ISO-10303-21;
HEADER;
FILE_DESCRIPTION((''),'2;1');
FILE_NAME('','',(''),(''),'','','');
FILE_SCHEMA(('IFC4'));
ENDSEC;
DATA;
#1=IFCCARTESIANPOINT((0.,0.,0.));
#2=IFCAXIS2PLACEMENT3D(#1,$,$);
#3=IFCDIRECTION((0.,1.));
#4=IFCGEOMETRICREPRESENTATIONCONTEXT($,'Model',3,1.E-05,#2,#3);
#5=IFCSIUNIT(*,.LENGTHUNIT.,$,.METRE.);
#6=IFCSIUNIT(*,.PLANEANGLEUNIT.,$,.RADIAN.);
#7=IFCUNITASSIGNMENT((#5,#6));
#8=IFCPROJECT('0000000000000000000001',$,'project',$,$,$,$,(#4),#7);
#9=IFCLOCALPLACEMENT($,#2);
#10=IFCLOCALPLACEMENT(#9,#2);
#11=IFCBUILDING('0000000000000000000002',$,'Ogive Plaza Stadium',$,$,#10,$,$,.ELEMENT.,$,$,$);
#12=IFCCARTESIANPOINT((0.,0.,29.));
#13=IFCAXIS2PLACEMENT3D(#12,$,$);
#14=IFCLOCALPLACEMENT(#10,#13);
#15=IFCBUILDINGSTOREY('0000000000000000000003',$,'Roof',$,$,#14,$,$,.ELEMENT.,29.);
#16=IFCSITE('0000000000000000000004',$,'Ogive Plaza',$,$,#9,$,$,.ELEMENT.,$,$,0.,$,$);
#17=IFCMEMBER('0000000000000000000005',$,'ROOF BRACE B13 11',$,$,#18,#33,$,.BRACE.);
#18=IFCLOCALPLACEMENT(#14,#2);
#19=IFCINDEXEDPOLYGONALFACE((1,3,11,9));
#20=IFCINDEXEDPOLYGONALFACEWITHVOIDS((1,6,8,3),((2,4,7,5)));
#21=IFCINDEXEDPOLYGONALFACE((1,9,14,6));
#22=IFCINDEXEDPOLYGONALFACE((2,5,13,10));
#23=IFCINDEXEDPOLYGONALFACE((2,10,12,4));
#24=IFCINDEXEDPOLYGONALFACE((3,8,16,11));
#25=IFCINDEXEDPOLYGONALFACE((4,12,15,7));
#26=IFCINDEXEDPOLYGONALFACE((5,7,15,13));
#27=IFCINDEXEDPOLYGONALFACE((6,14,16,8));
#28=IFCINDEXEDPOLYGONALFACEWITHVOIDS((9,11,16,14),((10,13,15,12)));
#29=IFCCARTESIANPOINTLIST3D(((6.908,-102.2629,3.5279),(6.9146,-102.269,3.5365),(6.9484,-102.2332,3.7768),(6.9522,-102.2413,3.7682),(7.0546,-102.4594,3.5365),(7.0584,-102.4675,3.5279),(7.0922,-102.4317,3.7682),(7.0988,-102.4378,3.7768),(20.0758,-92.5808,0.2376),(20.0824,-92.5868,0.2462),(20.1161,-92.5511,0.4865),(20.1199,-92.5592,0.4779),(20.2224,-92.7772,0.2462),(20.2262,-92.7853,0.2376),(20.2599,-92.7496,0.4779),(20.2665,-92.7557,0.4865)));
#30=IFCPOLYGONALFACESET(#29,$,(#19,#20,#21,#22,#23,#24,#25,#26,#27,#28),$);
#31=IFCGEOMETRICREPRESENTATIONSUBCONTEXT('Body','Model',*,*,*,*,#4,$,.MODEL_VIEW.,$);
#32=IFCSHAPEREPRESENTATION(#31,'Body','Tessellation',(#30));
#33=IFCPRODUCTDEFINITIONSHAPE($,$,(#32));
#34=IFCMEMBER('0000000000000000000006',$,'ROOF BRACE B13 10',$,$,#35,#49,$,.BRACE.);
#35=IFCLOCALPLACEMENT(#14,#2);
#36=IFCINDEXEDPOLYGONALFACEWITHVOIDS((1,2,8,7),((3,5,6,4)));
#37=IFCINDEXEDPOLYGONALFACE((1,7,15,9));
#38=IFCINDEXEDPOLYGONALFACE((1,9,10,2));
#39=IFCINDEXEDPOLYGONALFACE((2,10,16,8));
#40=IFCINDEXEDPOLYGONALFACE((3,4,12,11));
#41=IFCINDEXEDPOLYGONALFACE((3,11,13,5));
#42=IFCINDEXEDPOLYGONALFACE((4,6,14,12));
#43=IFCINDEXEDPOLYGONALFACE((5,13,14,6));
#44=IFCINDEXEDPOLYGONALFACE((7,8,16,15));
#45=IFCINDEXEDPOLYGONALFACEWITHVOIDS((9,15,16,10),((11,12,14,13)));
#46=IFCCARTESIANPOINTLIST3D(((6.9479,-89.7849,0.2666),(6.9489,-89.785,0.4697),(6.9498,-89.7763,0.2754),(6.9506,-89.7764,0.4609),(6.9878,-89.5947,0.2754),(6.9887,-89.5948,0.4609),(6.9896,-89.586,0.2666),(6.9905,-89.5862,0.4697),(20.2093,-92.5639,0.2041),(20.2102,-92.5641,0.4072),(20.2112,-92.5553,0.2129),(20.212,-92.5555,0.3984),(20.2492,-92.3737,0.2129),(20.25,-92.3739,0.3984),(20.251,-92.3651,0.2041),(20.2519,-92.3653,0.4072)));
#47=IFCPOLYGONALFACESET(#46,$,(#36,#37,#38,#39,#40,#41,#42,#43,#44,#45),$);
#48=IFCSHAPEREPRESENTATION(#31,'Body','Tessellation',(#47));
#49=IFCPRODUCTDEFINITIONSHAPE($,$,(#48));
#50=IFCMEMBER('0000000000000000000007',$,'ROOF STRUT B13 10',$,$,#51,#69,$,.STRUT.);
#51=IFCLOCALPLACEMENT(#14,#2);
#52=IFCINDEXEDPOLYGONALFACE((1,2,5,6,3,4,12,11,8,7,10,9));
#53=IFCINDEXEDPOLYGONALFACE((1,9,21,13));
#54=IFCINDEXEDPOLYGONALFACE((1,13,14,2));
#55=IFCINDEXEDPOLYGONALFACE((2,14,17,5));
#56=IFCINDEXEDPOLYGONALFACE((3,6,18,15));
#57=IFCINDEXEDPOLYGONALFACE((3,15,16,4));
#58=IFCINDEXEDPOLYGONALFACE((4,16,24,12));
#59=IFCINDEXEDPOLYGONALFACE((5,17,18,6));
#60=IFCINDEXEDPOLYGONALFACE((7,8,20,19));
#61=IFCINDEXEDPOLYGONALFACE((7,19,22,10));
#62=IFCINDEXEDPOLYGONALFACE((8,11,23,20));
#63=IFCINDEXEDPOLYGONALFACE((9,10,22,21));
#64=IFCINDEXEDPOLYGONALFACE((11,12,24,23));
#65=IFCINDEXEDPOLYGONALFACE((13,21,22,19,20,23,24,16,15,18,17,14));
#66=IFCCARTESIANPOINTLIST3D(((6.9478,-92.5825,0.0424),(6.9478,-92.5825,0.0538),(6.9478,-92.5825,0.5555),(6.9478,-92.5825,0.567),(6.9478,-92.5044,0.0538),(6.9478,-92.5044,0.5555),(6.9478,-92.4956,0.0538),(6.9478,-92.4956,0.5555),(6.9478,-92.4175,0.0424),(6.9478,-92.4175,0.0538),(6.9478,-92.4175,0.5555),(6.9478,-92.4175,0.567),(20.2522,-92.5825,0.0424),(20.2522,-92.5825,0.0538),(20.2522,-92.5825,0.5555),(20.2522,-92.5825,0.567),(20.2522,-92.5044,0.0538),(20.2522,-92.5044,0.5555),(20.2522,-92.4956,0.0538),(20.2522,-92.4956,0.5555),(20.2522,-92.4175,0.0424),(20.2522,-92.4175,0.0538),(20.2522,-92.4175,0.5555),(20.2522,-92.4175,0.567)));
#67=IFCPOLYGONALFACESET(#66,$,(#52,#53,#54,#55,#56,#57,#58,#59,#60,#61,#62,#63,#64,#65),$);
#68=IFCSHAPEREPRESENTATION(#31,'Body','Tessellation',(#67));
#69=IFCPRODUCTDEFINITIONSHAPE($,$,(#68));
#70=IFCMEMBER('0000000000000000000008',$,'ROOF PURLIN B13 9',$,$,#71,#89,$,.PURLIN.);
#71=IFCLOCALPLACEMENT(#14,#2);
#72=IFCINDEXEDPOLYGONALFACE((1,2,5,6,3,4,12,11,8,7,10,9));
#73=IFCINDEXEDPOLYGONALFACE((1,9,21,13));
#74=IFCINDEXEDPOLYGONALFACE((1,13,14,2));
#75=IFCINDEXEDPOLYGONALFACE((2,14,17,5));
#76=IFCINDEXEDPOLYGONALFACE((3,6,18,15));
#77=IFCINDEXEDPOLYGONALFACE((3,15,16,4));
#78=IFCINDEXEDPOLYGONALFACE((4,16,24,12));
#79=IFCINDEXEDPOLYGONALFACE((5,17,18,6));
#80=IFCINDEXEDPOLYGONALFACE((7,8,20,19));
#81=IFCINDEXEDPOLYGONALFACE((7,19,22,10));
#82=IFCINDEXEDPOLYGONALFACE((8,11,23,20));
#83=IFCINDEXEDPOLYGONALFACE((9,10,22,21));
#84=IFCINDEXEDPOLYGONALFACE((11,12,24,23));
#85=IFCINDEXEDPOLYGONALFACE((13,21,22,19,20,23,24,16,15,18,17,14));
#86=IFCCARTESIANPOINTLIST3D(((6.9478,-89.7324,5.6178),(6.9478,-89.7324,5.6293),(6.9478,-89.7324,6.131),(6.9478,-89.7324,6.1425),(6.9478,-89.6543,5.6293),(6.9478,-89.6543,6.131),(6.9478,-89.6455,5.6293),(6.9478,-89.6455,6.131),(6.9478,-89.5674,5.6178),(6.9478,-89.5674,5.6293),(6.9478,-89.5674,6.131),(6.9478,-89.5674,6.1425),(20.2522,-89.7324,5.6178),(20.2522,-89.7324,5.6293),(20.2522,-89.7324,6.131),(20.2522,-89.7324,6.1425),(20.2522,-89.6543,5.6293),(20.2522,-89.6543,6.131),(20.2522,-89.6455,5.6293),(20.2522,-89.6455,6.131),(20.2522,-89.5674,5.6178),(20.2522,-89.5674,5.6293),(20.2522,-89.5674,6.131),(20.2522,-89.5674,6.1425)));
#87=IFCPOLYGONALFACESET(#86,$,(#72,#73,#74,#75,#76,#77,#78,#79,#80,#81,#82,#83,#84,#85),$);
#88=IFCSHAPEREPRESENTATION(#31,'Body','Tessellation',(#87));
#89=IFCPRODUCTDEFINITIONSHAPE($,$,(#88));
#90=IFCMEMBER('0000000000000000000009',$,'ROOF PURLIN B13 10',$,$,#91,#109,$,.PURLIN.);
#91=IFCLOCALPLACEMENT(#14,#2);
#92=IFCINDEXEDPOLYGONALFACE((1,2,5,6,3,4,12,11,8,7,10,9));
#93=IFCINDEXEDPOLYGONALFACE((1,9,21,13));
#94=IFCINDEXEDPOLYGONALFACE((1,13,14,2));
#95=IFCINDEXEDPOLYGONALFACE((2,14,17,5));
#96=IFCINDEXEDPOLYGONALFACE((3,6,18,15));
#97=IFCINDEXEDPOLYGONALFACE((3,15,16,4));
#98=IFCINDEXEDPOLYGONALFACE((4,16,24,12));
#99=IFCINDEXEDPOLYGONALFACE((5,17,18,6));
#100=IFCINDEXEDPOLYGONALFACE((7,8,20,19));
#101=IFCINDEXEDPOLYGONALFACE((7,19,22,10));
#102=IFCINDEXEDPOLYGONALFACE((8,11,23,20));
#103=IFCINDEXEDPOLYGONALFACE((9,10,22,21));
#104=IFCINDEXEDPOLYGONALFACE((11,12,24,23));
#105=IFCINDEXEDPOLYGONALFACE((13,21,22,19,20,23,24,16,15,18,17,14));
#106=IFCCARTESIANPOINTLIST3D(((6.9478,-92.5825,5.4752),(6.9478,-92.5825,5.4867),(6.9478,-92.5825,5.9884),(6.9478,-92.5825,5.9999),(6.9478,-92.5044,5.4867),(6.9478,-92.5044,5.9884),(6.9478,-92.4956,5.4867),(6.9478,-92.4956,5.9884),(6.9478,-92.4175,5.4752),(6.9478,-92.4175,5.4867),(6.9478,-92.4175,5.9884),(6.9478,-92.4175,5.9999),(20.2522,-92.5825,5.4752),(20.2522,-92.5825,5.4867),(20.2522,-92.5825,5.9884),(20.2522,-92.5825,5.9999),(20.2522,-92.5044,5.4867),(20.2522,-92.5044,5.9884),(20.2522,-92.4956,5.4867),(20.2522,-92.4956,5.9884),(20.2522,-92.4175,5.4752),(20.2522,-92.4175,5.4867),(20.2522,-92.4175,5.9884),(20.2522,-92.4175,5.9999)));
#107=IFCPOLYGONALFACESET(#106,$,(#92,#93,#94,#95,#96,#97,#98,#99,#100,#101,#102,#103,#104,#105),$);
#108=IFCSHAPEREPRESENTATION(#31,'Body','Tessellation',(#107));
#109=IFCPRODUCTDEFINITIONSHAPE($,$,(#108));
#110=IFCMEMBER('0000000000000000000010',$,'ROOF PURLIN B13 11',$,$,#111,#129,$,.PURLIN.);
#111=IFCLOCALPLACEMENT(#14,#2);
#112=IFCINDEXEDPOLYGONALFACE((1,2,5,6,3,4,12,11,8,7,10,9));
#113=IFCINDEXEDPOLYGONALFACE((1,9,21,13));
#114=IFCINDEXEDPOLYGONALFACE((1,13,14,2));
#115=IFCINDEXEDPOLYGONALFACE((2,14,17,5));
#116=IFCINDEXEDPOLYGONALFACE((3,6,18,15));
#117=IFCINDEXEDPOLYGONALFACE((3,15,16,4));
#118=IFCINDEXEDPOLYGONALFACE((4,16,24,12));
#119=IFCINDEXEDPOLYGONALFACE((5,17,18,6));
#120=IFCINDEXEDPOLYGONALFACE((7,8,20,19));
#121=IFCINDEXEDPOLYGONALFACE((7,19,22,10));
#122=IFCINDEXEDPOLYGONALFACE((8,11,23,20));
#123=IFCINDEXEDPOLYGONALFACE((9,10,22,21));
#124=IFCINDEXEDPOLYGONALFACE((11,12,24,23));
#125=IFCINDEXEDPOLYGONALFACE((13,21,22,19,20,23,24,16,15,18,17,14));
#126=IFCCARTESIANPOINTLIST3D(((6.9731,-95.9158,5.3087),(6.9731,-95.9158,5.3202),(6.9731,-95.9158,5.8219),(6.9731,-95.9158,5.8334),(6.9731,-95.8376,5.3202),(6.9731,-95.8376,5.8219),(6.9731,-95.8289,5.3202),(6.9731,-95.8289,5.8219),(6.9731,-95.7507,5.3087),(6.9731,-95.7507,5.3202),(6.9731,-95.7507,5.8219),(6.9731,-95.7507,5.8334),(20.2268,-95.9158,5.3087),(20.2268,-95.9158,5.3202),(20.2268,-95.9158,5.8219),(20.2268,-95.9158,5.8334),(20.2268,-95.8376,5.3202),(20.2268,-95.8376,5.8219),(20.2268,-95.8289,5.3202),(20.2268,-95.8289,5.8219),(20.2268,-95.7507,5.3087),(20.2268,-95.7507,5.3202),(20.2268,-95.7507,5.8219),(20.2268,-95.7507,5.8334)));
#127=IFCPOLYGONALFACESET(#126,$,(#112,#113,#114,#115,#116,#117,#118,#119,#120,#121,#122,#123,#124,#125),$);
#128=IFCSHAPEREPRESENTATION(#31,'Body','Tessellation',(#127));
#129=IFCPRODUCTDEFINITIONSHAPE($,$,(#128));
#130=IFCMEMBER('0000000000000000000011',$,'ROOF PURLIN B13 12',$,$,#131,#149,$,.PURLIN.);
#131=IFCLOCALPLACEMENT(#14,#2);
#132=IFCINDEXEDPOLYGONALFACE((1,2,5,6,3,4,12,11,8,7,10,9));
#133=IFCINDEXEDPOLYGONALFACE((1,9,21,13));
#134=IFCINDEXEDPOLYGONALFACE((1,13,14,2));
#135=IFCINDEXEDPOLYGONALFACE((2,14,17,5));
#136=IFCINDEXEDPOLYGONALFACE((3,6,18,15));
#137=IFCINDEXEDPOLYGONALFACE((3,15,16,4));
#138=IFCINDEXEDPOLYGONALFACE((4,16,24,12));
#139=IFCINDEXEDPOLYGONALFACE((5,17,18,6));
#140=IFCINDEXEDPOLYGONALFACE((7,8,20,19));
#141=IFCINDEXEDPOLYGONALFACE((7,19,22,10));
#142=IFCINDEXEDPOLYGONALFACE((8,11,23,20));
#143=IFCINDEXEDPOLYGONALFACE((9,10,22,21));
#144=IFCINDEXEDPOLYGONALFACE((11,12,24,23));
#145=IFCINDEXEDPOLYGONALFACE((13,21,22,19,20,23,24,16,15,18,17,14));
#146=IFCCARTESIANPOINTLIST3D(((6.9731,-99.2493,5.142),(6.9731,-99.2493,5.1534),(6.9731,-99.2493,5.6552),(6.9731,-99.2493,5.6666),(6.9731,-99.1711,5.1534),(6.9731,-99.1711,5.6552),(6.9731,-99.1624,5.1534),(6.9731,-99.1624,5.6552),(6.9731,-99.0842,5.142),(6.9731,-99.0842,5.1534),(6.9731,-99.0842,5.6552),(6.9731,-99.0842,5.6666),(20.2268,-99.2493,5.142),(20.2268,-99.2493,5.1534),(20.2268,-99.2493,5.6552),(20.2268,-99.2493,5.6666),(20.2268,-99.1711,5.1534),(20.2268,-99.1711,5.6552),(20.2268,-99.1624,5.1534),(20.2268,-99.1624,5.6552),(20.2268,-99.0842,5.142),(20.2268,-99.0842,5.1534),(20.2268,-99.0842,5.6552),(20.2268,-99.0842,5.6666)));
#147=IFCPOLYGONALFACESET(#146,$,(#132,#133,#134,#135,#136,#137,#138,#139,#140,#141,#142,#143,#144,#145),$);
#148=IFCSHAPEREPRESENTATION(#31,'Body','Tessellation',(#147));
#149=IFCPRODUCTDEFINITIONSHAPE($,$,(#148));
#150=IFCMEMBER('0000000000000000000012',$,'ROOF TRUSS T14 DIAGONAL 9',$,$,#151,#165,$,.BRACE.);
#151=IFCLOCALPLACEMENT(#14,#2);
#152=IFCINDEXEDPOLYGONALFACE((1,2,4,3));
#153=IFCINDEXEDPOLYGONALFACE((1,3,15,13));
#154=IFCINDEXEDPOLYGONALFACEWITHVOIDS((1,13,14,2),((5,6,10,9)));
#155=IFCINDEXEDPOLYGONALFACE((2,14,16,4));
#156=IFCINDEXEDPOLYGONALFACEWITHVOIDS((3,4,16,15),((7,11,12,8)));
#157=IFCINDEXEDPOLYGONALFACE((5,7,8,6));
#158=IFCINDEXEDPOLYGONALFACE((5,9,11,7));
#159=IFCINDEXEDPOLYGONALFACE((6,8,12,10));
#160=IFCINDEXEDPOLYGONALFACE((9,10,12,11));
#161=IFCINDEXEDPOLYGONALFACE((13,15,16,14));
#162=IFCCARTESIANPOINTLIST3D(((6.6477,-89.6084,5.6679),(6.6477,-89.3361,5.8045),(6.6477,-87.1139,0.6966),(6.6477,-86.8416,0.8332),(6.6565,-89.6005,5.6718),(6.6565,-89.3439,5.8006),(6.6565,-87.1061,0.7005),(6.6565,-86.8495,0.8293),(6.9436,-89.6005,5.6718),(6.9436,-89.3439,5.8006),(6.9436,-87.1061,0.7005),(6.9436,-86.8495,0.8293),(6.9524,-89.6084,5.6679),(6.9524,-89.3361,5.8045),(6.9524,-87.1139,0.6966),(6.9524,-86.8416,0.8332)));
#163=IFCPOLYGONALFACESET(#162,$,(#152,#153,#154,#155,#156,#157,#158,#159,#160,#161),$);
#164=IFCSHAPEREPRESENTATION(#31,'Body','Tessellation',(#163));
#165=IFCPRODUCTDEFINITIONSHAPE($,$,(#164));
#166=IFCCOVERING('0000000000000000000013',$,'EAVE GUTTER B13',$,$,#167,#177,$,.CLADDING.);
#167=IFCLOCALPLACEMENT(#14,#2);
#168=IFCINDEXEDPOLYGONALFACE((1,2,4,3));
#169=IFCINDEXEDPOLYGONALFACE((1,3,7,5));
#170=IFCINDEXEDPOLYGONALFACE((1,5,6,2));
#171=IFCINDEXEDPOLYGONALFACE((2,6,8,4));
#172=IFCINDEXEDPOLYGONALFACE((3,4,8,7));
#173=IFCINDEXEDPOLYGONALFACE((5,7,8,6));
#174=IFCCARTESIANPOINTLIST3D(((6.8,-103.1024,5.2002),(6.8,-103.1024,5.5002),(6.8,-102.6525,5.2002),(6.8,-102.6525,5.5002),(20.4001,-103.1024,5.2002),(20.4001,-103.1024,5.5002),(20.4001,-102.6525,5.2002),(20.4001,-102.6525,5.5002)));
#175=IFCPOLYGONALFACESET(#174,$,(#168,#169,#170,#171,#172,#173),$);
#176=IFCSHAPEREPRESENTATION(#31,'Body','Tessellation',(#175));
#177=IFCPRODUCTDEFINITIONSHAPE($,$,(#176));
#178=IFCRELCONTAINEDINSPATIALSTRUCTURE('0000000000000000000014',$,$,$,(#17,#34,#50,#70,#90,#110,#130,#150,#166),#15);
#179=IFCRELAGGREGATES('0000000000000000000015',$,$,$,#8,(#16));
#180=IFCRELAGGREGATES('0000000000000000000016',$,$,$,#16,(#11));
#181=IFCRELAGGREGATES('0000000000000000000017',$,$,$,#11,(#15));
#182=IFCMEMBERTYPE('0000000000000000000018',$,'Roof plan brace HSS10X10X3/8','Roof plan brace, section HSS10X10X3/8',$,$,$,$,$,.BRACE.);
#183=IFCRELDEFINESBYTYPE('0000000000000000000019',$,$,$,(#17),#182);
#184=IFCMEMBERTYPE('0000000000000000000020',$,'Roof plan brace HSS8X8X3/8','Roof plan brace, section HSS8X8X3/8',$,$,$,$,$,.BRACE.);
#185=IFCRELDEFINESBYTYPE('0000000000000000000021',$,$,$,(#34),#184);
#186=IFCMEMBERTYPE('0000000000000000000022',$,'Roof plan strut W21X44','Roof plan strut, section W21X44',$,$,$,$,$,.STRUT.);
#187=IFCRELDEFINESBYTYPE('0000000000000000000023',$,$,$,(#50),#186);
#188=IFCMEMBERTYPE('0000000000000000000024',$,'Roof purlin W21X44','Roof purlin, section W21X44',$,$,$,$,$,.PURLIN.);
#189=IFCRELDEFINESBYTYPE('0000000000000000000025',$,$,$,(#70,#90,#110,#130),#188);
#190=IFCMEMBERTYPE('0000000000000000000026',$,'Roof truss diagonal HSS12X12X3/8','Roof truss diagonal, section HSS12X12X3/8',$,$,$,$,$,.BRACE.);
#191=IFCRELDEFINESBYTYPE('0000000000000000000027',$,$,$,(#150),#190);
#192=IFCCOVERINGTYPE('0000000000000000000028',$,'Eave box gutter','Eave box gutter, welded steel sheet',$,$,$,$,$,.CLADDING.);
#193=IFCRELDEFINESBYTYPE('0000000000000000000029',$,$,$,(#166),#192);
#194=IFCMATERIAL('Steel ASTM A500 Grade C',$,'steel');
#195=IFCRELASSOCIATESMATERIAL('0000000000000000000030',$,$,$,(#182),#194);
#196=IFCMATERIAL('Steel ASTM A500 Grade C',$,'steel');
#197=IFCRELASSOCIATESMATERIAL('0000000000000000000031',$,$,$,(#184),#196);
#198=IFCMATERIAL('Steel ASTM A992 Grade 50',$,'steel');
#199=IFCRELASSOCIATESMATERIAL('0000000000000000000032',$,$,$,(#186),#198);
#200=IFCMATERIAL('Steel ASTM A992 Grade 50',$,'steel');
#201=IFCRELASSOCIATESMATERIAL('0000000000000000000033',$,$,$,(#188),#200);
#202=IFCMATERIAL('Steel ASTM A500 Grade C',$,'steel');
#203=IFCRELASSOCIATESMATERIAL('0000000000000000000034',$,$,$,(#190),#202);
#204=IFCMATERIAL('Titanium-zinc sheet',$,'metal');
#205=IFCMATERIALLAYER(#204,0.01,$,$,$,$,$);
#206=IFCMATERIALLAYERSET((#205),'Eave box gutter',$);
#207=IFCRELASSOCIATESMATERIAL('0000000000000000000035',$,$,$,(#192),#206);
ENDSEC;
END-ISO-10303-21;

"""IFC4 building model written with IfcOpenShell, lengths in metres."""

from ifc_helpers import new_model, si_unit, direction, frame, origin, origin_2d, place, context, subcontext, project, spatial, rectangle, hollow_rectangle, i_section, extrude, material, layer, layer_set, material_profile, profile_set, type_object, element, save


model = new_model("IFC4")

# Units and contexts
model_context = context("Model", 3, precision=1e-05, world=origin(), true_north=direction((0.0, 1.0)))
body_context = subcontext(model_context, "Body", "Model", "MODEL_VIEW")
ifc_project = project(units=[si_unit("LENGTHUNIT", "METRE"), si_unit("PLANEANGLEUNIT", "RADIAN")], contexts=[model_context])

# Site, building, storey
site_placement = place(None, origin())
site = spatial("IfcSite", under=ifc_project, at=site_placement, Name="Ogive Plaza", CompositionType="ELEMENT", RefElevation=0.0)
building_placement = place(site_placement, origin())
building = spatial("IfcBuilding", under=site, at=building_placement, Name="Ogive Plaza Stadium", CompositionType="ELEMENT")
storey_placement = place(building_placement, frame((0.0, 0.0, 29.0)))
storey = spatial("IfcBuildingStorey", under=building, at=storey_placement, Name="Roof", CompositionType="ELEMENT", Elevation=29.0)

# Members
ifc_material_1 = material(Name="Steel ASTM A500 Grade C", Category="steel")
ifc_material_profile_1 = material_profile(ifc_material_1, hollow_rectangle(XDim=0.2539, YDim=0.2539, WallThickness=0.0088, at=origin_2d()), Name="HSS10X10X3/8")
ifc_profile_set_1 = profile_set([ifc_material_profile_1], Name="Steel ASTM A500 Grade C")
member_type_1 = type_object("IfcMemberType", Name="Roof plan brace HSS10X10X3/8", Description="Roof plan brace, section HSS10X10X3/8", PredefinedType="BRACE", material=ifc_profile_set_1)
member_1_placement = place(storey_placement, frame((20.1711, -92.6682, 0.3621), z_axis=(-0.789807, -0.580739, 0.197353), x_axis=(0.59239, -0.805652, 0.0)))
element("IfcMember", 1, at=member_1_placement, inside=storey, type_object=member_type_1, Name="ROOF BRACE B13 11", PredefinedType="BRACE", context=body_context, shape_type="SweptSolid", body=[
    extrude(hollow_rectangle(XDim=0.2539, YDim=0.2539, WallThickness=0.0088, at=origin_2d()), origin(), (0.0, 0.0, 1.0), 16.6721),
])
ifc_material_2 = material(Name="Steel ASTM A500 Grade C", Category="steel")
ifc_material_profile_2 = material_profile(ifc_material_2, hollow_rectangle(XDim=0.2031, YDim=0.2031, WallThickness=0.0088, at=origin_2d()), Name="HSS8X8X3/8")
ifc_profile_set_2 = profile_set([ifc_material_profile_2], Name="Steel ASTM A500 Grade C")
member_type_2 = type_object("IfcMemberType", Name="Roof plan brace HSS8X8X3/8", Description="Roof plan brace, section HSS8X8X3/8", PredefinedType="BRACE", material=ifc_profile_set_2)
member_2_placement = place(storey_placement, frame((6.9692, -89.6855, 0.3682), z_axis=(0.97873, -0.205101, -0.004613), x_axis=(0.205103, 0.97874, 0.0)))
element("IfcMember", 2, at=member_2_placement, inside=storey, type_object=member_type_2, Name="ROOF BRACE B13 10", PredefinedType="BRACE", context=body_context, shape_type="SweptSolid", body=[
    extrude(hollow_rectangle(XDim=0.2031, YDim=0.2031, WallThickness=0.0088, at=origin_2d()), origin(), (0.0, 0.0, 1.0), 13.5496),
])
ifc_material_3 = material(Name="Steel ASTM A992 Grade 50", Category="steel")
ifc_material_profile_3 = material_profile(ifc_material_3, i_section(OverallWidth=0.165, OverallDepth=0.5247, WebThickness=0.0088, FlangeThickness=0.0115, at=origin_2d()), Name="W21X44")
ifc_profile_set_3 = profile_set([ifc_material_profile_3], Name="Steel ASTM A992 Grade 50")
member_type_3 = type_object("IfcMemberType", Name="Roof plan strut W21X44", Description="Roof plan strut, section W21X44", PredefinedType="STRUT", material=ifc_profile_set_3)
member_3_placement = place(storey_placement, frame((20.2522, -92.5, 0.3047), z_axis=(-1.0, 0.0, 0.0), x_axis=(0.0, -1.0, 0.0)))
element("IfcMember", 3, at=member_3_placement, inside=storey, type_object=member_type_3, Name="ROOF STRUT B13 10", PredefinedType="STRUT", context=body_context, shape_type="SweptSolid", body=[
    extrude(i_section(OverallWidth=0.165, OverallDepth=0.5247, WebThickness=0.0088, FlangeThickness=0.0115, at=origin_2d()), origin(), (0.0, 0.0, 1.0), 13.3044),
])
ifc_material_4 = material(Name="Steel ASTM A992 Grade 50", Category="steel")
ifc_material_profile_4 = material_profile(ifc_material_4, i_section(OverallWidth=0.165, OverallDepth=0.5247, WebThickness=0.0088, FlangeThickness=0.0115, at=origin_2d()), Name="W21X44")
ifc_profile_set_4 = profile_set([ifc_material_profile_4], Name="Steel ASTM A992 Grade 50")
member_type_4 = type_object("IfcMemberType", Name="Roof purlin W21X44", Description="Roof purlin, section W21X44", PredefinedType="PURLIN", material=ifc_profile_set_4)
for number, where, z_axis, x_axis, name in (
    (4, (20.2522, -89.6499, 5.8801), (-1.0, 0.0, 0.0), (0.0, -1.0, 0.0), "ROOF PURLIN B13 9"),
    (5, (20.2522, -92.5, 5.7375), (-1.0, 0.0, 0.0), (0.0, -1.0, 0.0), "ROOF PURLIN B13 10"),
):
    element("IfcMember", number, at=place(storey_placement, frame(where, z_axis=z_axis, x_axis=x_axis)), inside=storey, type_object=member_type_4, Name=name, PredefinedType="PURLIN", context=body_context, shape_type="SweptSolid", body=[
        extrude(i_section(OverallWidth=0.165, OverallDepth=0.5247, WebThickness=0.0088, FlangeThickness=0.0115, at=origin_2d()), origin(), (0.0, 0.0, 1.0), 13.3044),
    ])
for number, where, z_axis, x_axis, name in (
    (6, (20.2268, -95.8333, 5.571), (-1.0, 0.0, 0.0), (0.0, -1.0, 0.0), "ROOF PURLIN B13 11"),
    (7, (20.2268, -99.1667, 5.4043), (-1.0, 0.0, 0.0), (0.0, -1.0, 0.0), "ROOF PURLIN B13 12"),
):
    element("IfcMember", number, at=place(storey_placement, frame(where, z_axis=z_axis, x_axis=x_axis)), inside=storey, type_object=member_type_4, Name=name, PredefinedType="PURLIN", context=body_context, shape_type="SweptSolid", body=[
        extrude(i_section(OverallWidth=0.165, OverallDepth=0.5247, WebThickness=0.0088, FlangeThickness=0.0115, at=origin_2d()), origin(), (0.0, 0.0, 1.0), 13.2537),
    ])
ifc_material_5 = material(Name="Steel ASTM A500 Grade C", Category="steel")
ifc_material_profile_5 = material_profile(ifc_material_5, hollow_rectangle(XDim=0.3047, YDim=0.3047, WallThickness=0.0088, at=origin_2d()), Name="HSS12X12X3/8")
ifc_profile_set_5 = profile_set([ifc_material_profile_5], Name="Steel ASTM A500 Grade C")
member_type_5 = type_object("IfcMemberType", Name="Roof truss diagonal HSS12X12X3/8", Description="Roof truss diagonal, section HSS12X12X3/8", PredefinedType="BRACE", material=ifc_profile_set_5)
member_4_placement = place(storey_placement, frame((6.8, -86.9778, 0.7649), z_axis=(0.0, -0.448477, 0.893794), x_axis=(1.0, 0.0, 0.0)))
element("IfcMember", 8, at=member_4_placement, inside=storey, type_object=member_type_5, Name="ROOF TRUSS T14 DIAGONAL 9", PredefinedType="BRACE", context=body_context, shape_type="SweptSolid", body=[
    extrude(hollow_rectangle(XDim=0.3047, YDim=0.3047, WallThickness=0.0088, at=origin_2d()), origin(), (0.0, 0.0, 1.0), 5.562),
])

# Covering
ifc_material_6 = material(Name="Titanium-zinc sheet", Category="metal")
ifc_layer_1 = layer(ifc_material_6, 0.01)
ifc_layer_set_1 = layer_set([ifc_layer_1], Name="Eave box gutter")
covering_type = type_object("IfcCoveringType", Name="Eave box gutter", Description="Eave box gutter, welded steel sheet", PredefinedType="CLADDING", material=ifc_layer_set_1)
covering_placement = place(storey_placement, frame((13.6001, -102.8774, 5.2002), z_axis=(0.0, 0.0, 1.0), x_axis=(-1.0, 0.0, 0.0)))
element("IfcCovering", 9, at=covering_placement, inside=storey, type_object=covering_type, Name="EAVE GUTTER B13", PredefinedType="CLADDING", context=body_context, shape_type="SweptSolid", body=[
    extrude(rectangle(XDim=13.6001, YDim=0.45, at=origin_2d()), origin(), (0.0, 0.0, 1.0), 0.3),
])

save(model, "model.ifc")
